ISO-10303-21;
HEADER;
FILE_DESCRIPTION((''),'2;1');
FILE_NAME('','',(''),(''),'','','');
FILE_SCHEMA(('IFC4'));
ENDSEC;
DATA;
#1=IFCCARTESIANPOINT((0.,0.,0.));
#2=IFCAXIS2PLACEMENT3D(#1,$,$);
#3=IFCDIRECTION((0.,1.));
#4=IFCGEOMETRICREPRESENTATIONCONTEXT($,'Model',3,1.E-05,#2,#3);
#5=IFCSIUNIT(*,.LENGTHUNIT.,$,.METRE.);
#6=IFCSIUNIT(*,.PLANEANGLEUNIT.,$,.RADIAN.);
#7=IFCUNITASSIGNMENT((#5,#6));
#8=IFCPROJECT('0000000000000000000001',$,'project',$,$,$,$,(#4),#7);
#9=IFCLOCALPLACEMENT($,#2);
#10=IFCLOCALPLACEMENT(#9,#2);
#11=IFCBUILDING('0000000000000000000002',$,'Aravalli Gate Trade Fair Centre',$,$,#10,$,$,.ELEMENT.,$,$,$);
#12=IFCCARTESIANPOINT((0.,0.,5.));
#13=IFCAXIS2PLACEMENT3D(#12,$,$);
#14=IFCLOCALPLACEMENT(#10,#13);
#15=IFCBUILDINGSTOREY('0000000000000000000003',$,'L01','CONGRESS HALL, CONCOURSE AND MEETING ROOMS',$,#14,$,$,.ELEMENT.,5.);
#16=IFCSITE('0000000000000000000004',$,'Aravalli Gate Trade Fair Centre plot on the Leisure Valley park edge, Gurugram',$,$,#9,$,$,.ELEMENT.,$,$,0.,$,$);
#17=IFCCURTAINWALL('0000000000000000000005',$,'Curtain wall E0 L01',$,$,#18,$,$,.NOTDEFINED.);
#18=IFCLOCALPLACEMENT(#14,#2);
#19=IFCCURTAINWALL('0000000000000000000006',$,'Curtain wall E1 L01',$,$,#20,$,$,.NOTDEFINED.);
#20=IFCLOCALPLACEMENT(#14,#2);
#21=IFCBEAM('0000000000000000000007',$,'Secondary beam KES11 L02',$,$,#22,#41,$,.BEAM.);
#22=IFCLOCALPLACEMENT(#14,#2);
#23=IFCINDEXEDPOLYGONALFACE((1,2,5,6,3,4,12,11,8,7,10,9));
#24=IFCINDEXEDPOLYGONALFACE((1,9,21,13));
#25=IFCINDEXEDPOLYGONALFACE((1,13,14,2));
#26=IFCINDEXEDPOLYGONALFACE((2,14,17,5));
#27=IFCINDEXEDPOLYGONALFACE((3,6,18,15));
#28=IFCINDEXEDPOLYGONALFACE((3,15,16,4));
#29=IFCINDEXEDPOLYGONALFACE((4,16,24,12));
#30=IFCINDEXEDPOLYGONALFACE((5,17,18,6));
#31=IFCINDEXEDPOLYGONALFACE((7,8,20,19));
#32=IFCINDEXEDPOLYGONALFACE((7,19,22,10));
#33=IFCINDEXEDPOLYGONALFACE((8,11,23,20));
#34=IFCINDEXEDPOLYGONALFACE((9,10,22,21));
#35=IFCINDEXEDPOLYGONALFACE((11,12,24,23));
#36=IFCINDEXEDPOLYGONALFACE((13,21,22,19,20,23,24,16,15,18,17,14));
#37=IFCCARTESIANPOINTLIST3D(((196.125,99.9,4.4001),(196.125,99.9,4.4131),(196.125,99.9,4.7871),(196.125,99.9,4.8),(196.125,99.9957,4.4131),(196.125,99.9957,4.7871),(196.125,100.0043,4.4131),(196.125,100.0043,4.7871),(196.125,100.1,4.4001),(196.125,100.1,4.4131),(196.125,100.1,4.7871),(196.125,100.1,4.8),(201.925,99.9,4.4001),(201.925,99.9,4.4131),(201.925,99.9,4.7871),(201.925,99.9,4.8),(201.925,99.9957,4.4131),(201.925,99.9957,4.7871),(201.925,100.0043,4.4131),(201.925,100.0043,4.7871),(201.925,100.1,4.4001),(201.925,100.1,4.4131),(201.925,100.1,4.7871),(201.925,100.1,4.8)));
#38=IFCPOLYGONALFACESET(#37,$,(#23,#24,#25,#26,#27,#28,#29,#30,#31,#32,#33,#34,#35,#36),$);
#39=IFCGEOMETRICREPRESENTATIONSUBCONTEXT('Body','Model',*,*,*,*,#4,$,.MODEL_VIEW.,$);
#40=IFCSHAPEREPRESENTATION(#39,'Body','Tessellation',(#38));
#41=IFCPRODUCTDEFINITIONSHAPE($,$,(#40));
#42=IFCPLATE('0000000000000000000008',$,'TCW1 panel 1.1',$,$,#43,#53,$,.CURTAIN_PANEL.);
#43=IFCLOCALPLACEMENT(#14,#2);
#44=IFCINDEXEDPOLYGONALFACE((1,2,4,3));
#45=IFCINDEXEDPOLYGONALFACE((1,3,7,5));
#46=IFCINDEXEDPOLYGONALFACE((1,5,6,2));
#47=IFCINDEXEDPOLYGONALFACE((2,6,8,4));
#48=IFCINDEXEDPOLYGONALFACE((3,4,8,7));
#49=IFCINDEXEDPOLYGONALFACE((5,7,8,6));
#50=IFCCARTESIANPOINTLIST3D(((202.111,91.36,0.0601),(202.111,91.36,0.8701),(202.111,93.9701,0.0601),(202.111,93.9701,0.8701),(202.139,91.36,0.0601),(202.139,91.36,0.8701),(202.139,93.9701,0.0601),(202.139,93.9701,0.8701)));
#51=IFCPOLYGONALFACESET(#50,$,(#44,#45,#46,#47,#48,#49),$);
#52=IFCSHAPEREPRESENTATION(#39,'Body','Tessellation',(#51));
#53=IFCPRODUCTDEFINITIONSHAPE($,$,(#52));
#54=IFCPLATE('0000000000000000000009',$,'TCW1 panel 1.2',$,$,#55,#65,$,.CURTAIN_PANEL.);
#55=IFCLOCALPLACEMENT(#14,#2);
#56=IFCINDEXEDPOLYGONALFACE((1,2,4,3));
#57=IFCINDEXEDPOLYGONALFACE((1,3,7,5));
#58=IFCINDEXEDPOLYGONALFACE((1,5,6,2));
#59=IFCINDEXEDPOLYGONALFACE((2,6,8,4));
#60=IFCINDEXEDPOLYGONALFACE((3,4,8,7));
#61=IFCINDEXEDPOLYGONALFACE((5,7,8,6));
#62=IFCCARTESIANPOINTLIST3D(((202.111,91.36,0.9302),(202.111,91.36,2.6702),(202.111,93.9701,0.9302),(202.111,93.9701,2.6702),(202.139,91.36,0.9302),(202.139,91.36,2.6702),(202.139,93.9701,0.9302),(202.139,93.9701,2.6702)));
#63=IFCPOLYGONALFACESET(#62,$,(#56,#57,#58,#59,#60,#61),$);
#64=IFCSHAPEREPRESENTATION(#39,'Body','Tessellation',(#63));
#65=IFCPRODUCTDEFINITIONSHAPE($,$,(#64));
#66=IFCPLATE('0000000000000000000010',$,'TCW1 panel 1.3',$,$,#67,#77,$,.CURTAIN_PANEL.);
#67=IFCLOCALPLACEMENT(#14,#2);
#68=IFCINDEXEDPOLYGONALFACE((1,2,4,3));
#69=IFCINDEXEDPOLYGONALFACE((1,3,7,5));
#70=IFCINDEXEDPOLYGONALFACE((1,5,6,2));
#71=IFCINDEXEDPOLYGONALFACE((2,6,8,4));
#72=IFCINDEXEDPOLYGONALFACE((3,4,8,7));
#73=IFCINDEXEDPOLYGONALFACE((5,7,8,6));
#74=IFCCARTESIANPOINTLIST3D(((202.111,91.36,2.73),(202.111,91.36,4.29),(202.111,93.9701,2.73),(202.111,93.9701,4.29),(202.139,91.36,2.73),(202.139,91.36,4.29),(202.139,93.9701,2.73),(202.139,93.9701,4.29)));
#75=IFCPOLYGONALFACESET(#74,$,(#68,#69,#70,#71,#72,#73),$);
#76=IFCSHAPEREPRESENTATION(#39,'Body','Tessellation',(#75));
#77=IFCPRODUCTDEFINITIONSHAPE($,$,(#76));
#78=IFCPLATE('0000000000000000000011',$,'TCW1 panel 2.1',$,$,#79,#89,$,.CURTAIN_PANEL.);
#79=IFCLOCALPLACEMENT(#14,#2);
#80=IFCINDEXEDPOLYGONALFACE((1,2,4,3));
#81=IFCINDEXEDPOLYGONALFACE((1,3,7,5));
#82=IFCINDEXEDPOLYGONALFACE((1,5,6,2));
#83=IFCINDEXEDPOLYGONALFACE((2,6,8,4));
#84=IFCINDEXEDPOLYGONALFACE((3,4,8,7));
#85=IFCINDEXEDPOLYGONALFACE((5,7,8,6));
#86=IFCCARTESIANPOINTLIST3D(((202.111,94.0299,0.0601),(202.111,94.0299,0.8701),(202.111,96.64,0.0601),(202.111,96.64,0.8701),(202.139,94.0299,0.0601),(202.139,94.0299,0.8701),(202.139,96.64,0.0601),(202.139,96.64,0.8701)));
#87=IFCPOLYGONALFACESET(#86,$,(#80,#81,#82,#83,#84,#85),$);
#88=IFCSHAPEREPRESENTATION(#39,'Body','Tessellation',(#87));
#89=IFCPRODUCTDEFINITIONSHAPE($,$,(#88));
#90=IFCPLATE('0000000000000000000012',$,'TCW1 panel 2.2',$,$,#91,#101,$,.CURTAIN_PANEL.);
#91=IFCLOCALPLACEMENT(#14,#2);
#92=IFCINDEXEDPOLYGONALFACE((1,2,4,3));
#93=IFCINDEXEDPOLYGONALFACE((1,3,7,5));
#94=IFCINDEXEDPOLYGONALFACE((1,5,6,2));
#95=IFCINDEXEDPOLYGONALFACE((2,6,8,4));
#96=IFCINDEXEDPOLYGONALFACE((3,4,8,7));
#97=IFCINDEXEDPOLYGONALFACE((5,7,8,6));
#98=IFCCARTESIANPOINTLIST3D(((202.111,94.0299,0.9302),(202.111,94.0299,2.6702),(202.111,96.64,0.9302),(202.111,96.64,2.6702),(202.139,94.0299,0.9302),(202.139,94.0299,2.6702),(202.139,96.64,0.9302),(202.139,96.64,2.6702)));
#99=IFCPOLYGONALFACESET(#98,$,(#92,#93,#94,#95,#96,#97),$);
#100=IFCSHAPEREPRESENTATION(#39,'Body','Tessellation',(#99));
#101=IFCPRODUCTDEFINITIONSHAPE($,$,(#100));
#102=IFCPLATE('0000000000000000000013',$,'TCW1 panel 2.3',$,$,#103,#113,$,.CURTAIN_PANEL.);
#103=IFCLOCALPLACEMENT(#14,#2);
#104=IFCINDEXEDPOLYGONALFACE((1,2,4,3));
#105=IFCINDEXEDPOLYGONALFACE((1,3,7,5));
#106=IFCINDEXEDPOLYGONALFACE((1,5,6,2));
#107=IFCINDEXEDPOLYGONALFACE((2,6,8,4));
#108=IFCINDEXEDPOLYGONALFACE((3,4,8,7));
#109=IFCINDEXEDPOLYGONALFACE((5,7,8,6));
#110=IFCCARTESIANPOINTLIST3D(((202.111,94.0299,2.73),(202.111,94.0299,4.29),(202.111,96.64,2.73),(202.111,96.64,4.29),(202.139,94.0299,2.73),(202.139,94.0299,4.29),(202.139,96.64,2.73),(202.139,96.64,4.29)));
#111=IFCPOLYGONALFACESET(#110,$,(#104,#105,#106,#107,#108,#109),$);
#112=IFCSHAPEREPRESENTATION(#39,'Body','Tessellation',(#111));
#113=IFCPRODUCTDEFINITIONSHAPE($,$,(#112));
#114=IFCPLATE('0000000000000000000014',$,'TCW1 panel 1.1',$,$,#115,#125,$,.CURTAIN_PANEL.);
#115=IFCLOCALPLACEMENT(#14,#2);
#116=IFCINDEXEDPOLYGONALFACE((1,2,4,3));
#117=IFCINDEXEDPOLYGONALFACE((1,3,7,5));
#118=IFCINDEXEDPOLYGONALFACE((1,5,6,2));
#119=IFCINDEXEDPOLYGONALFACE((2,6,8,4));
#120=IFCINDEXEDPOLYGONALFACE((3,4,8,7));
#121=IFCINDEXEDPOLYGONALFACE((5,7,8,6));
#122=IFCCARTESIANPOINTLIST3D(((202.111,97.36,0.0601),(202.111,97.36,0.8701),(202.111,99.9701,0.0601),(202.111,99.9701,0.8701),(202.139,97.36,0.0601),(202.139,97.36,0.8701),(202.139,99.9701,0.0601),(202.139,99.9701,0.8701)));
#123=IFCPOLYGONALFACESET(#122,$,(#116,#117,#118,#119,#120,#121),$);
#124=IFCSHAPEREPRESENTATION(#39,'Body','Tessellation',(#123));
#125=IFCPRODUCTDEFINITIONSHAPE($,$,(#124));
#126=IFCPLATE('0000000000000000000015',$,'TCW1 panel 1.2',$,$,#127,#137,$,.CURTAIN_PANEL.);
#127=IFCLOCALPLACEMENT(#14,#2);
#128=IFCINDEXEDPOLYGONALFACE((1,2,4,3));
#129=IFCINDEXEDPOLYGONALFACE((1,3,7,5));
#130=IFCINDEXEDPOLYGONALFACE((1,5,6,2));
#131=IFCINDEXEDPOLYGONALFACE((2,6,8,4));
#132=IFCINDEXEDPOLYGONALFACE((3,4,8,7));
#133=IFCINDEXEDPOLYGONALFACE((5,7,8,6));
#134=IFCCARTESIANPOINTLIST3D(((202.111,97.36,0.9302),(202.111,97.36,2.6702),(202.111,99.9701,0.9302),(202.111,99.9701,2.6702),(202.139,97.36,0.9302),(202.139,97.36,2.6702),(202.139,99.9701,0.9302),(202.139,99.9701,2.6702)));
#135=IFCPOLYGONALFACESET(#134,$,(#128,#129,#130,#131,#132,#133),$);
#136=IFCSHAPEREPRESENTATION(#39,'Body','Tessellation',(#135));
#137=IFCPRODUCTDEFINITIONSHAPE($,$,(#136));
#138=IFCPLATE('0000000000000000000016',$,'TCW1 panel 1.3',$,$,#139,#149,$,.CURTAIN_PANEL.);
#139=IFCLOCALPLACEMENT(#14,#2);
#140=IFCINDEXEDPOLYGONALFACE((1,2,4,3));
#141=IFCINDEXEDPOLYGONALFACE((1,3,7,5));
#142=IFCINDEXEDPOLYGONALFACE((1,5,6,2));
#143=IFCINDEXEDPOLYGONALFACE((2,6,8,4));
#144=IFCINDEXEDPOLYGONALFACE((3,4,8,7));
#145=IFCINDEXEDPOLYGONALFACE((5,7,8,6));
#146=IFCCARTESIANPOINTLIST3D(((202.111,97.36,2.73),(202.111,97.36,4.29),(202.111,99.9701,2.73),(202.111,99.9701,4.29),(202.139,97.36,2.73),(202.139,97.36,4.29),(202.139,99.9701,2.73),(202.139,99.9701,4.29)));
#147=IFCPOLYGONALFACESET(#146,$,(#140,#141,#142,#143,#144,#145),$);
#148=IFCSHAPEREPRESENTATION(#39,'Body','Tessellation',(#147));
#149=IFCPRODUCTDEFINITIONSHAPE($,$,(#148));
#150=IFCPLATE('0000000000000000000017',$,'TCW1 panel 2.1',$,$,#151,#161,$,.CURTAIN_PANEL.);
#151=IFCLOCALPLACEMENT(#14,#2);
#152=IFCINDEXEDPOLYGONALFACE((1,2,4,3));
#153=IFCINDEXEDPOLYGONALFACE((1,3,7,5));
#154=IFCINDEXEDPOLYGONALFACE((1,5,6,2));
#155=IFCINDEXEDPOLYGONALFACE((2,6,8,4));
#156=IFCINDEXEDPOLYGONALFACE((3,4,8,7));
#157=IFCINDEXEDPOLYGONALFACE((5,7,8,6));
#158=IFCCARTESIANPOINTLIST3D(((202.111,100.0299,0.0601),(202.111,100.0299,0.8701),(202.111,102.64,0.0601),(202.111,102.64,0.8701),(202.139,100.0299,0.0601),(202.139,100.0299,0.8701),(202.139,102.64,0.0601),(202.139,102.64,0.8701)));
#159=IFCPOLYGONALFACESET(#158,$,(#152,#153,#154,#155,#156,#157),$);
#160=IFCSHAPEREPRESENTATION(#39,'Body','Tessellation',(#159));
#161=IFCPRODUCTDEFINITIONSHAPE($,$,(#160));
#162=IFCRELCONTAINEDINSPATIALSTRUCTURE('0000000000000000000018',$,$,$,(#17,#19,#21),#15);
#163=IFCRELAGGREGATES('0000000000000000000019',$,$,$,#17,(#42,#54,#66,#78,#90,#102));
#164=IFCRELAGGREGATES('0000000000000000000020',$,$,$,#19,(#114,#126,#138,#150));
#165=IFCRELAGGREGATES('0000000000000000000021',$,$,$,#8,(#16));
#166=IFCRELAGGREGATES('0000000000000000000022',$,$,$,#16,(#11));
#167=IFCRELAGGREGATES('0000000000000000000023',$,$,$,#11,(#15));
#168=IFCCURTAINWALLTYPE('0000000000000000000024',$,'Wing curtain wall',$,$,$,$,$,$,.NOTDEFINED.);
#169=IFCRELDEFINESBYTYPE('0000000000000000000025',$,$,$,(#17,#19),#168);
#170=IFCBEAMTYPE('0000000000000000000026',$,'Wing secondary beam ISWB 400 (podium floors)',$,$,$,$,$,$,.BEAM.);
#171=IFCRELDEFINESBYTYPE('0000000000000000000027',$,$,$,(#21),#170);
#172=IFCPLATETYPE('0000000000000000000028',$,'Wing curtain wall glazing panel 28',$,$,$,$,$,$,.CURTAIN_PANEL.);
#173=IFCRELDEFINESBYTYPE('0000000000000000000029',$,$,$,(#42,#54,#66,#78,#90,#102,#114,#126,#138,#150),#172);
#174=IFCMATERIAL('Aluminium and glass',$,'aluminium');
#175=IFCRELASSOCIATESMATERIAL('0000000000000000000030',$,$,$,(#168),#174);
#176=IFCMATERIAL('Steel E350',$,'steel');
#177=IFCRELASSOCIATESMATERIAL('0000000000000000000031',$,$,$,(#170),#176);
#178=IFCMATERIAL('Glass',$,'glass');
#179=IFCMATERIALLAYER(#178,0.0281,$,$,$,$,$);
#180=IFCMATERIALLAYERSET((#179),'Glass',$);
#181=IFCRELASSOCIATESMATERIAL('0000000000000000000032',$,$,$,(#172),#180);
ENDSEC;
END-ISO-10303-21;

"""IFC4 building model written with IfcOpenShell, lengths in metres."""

from ifc_helpers import new_model, si_unit, direction, frame, origin, origin_2d, place, context, subcontext, project, spatial, rectangle, i_section, extrude, material, layer, layer_set, material_profile, profile_set, type_object, element, aggregate, save


model = new_model("IFC4")

# Units and contexts
model_context = context("Model", 3, precision=1e-05, world=origin(), true_north=direction((0.0, 1.0)))
body_context = subcontext(model_context, "Body", "Model", "MODEL_VIEW")
ifc_project = project(units=[si_unit("LENGTHUNIT", "METRE"), si_unit("PLANEANGLEUNIT", "RADIAN")], contexts=[model_context])

# Site, building, storey
site_placement = place(None, origin())
site = spatial("IfcSite", under=ifc_project, at=site_placement, Name="Aravalli Gate Trade Fair Centre plot on the Leisure Valley park edge, Gurugram", CompositionType="ELEMENT", RefElevation=0.0)
building_placement = place(site_placement, origin())
building = spatial("IfcBuilding", under=site, at=building_placement, Name="Aravalli Gate Trade Fair Centre", CompositionType="ELEMENT")
storey_placement = place(building_placement, frame((0.0, 0.0, 5.0)))
storey = spatial("IfcBuildingStorey", under=building, at=storey_placement, Name="L01", Description="CONGRESS HALL, CONCOURSE AND MEETING ROOMS", CompositionType="ELEMENT", Elevation=5.0)

# Shared definitions
ifc_material_1 = material(Name="Steel E350", Category="steel")

# Curtain walls
ifc_material_2 = material(Name="Aluminium and glass", Category="aluminium")
curtain_wall_type = type_object("IfcCurtainWallType", Name="Wing curtain wall", PredefinedType="NOTDEFINED", material=ifc_material_2)
curtain_wall_1_placement = place(storey_placement, origin())
curtain_wall_1 = element("IfcCurtainWall", 1, at=curtain_wall_1_placement, inside=storey, type_object=curtain_wall_type, Name="Curtain wall E0 L01", PredefinedType="NOTDEFINED")
curtain_wall_2_placement = place(storey_placement, origin())
curtain_wall_2 = element("IfcCurtainWall", 2, at=curtain_wall_2_placement, inside=storey, type_object=curtain_wall_type, Name="Curtain wall E1 L01", PredefinedType="NOTDEFINED")

# Beam
ifc_material_profile_1 = material_profile(ifc_material_1, i_section(OverallWidth=0.2, OverallDepth=0.3999, WebThickness=0.0085, FlangeThickness=0.0129, at=origin_2d()), Name="ISWB 400")
ifc_profile_set_1 = profile_set([ifc_material_profile_1], Name="Steel E350")
beam_type_1 = type_object("IfcBeamType", Name="Wing secondary beam ISWB 400 (podium floors)", PredefinedType="BEAM", material=ifc_profile_set_1)
for number, where, z_axis, x_axis, name in (
    (3, (196.125, 100.0, 4.6001), (1.0, 0.0, 0.0), (0.0, 1.0, 0.0), "Secondary beam KES11 L02"),
):
    element("IfcBeam", number, at=place(storey_placement, frame(where, z_axis=z_axis, x_axis=x_axis)), inside=storey, type_object=beam_type_1, Name=name, PredefinedType="BEAM", context=body_context, shape_type="SweptSolid", body=[
        extrude(i_section(OverallWidth=0.2, OverallDepth=0.3999, WebThickness=0.0085, FlangeThickness=0.0129, at=origin_2d()), origin(), (0.0, 0.0, 1.0), 5.8),
    ])

# Plates
ifc_material_3 = material(Name="Glass", Category="glass")
ifc_layer = layer(ifc_material_3, 0.0281)
ifc_layer_set = layer_set([ifc_layer], Name="Glass")
plate_type = type_object("IfcPlateType", Name="Wing curtain wall glazing panel 28", PredefinedType="CURTAIN_PANEL", material=ifc_layer_set)
plate_1_placement = place(storey_placement, frame((202.125, 92.665, 0.0601), z_axis=(0.0, 0.0, 1.0), x_axis=(0.0, 1.0, 0.0)))
plate_1 = element("IfcPlate", 4, at=plate_1_placement, type_object=plate_type, Name="TCW1 panel 1.1", PredefinedType="CURTAIN_PANEL", context=body_context, shape_type="SweptSolid", body=[
    extrude(rectangle(XDim=2.6101, YDim=0.0281, at=origin_2d()), origin(), (0.0, 0.0, 1.0), 0.8101),
])
plate_2_placement = place(storey_placement, frame((202.125, 92.665, 0.9302), z_axis=(0.0, 0.0, 1.0), x_axis=(0.0, 1.0, 0.0)))
plate_2 = element("IfcPlate", 5, at=plate_2_placement, type_object=plate_type, Name="TCW1 panel 1.2", PredefinedType="CURTAIN_PANEL", context=body_context, shape_type="SweptSolid", body=[
    extrude(rectangle(XDim=2.6101, YDim=0.0281, at=origin_2d()), origin(), (0.0, 0.0, 1.0), 1.74),
])
plate_3_placement = place(storey_placement, frame((202.125, 92.665, 2.73), z_axis=(0.0, 0.0, 1.0), x_axis=(0.0, 1.0, 0.0)))
plate_3 = element("IfcPlate", 6, at=plate_3_placement, type_object=plate_type, Name="TCW1 panel 1.3", PredefinedType="CURTAIN_PANEL", context=body_context, shape_type="SweptSolid", body=[
    extrude(rectangle(XDim=2.6101, YDim=0.0281, at=origin_2d()), origin(), (0.0, 0.0, 1.0), 1.5601),
])
plate_4_placement = place(storey_placement, frame((202.125, 95.335, 0.0601), z_axis=(0.0, 0.0, 1.0), x_axis=(0.0, 1.0, 0.0)))
plate_4 = element("IfcPlate", 7, at=plate_4_placement, type_object=plate_type, Name="TCW1 panel 2.1", PredefinedType="CURTAIN_PANEL", context=body_context, shape_type="SweptSolid", body=[
    extrude(rectangle(XDim=2.6101, YDim=0.0281, at=origin_2d()), origin(), (0.0, 0.0, 1.0), 0.8101),
])
plate_5_placement = place(storey_placement, frame((202.125, 95.335, 0.9302), z_axis=(0.0, 0.0, 1.0), x_axis=(0.0, 1.0, 0.0)))
plate_5 = element("IfcPlate", 8, at=plate_5_placement, type_object=plate_type, Name="TCW1 panel 2.2", PredefinedType="CURTAIN_PANEL", context=body_context, shape_type="SweptSolid", body=[
    extrude(rectangle(XDim=2.6101, YDim=0.0281, at=origin_2d()), origin(), (0.0, 0.0, 1.0), 1.74),
])
plate_6_placement = place(storey_placement, frame((202.125, 95.335, 2.73), z_axis=(0.0, 0.0, 1.0), x_axis=(0.0, 1.0, 0.0)))
plate_6 = element("IfcPlate", 9, at=plate_6_placement, type_object=plate_type, Name="TCW1 panel 2.3", PredefinedType="CURTAIN_PANEL", context=body_context, shape_type="SweptSolid", body=[
    extrude(rectangle(XDim=2.6101, YDim=0.0281, at=origin_2d()), origin(), (0.0, 0.0, 1.0), 1.5601),
])
aggregate(curtain_wall_1, [plate_1, plate_2, plate_3, plate_4, plate_5, plate_6])
plate_7_placement = place(storey_placement, frame((202.125, 98.665, 0.0601), z_axis=(0.0, 0.0, 1.0), x_axis=(0.0, 1.0, 0.0)))
plate_7 = element("IfcPlate", 10, at=plate_7_placement, type_object=plate_type, Name="TCW1 panel 1.1", PredefinedType="CURTAIN_PANEL", context=body_context, shape_type="SweptSolid", body=[
    extrude(rectangle(XDim=2.6101, YDim=0.0281, at=origin_2d()), origin(), (0.0, 0.0, 1.0), 0.8101),
])
plate_8_placement = place(storey_placement, frame((202.125, 98.665, 0.9302), z_axis=(0.0, 0.0, 1.0), x_axis=(0.0, 1.0, 0.0)))
plate_8 = element("IfcPlate", 11, at=plate_8_placement, type_object=plate_type, Name="TCW1 panel 1.2", PredefinedType="CURTAIN_PANEL", context=body_context, shape_type="SweptSolid", body=[
    extrude(rectangle(XDim=2.6101, YDim=0.0281, at=origin_2d()), origin(), (0.0, 0.0, 1.0), 1.74),
])
plate_9_placement = place(storey_placement, frame((202.125, 98.665, 2.73), z_axis=(0.0, 0.0, 1.0), x_axis=(0.0, 1.0, 0.0)))
plate_9 = element("IfcPlate", 12, at=plate_9_placement, type_object=plate_type, Name="TCW1 panel 1.3", PredefinedType="CURTAIN_PANEL", context=body_context, shape_type="SweptSolid", body=[
    extrude(rectangle(XDim=2.6101, YDim=0.0281, at=origin_2d()), origin(), (0.0, 0.0, 1.0), 1.5601),
])
plate_10_placement = place(storey_placement, frame((202.125, 101.335, 0.0601), z_axis=(0.0, 0.0, 1.0), x_axis=(0.0, 1.0, 0.0)))
plate_10 = element("IfcPlate", 13, at=plate_10_placement, type_object=plate_type, Name="TCW1 panel 2.1", PredefinedType="CURTAIN_PANEL", context=body_context, shape_type="SweptSolid", body=[
    extrude(rectangle(XDim=2.6101, YDim=0.0281, at=origin_2d()), origin(), (0.0, 0.0, 1.0), 0.8101),
])
aggregate(curtain_wall_2, [plate_7, plate_8, plate_9, plate_10])

save(model, "model.ifc")
